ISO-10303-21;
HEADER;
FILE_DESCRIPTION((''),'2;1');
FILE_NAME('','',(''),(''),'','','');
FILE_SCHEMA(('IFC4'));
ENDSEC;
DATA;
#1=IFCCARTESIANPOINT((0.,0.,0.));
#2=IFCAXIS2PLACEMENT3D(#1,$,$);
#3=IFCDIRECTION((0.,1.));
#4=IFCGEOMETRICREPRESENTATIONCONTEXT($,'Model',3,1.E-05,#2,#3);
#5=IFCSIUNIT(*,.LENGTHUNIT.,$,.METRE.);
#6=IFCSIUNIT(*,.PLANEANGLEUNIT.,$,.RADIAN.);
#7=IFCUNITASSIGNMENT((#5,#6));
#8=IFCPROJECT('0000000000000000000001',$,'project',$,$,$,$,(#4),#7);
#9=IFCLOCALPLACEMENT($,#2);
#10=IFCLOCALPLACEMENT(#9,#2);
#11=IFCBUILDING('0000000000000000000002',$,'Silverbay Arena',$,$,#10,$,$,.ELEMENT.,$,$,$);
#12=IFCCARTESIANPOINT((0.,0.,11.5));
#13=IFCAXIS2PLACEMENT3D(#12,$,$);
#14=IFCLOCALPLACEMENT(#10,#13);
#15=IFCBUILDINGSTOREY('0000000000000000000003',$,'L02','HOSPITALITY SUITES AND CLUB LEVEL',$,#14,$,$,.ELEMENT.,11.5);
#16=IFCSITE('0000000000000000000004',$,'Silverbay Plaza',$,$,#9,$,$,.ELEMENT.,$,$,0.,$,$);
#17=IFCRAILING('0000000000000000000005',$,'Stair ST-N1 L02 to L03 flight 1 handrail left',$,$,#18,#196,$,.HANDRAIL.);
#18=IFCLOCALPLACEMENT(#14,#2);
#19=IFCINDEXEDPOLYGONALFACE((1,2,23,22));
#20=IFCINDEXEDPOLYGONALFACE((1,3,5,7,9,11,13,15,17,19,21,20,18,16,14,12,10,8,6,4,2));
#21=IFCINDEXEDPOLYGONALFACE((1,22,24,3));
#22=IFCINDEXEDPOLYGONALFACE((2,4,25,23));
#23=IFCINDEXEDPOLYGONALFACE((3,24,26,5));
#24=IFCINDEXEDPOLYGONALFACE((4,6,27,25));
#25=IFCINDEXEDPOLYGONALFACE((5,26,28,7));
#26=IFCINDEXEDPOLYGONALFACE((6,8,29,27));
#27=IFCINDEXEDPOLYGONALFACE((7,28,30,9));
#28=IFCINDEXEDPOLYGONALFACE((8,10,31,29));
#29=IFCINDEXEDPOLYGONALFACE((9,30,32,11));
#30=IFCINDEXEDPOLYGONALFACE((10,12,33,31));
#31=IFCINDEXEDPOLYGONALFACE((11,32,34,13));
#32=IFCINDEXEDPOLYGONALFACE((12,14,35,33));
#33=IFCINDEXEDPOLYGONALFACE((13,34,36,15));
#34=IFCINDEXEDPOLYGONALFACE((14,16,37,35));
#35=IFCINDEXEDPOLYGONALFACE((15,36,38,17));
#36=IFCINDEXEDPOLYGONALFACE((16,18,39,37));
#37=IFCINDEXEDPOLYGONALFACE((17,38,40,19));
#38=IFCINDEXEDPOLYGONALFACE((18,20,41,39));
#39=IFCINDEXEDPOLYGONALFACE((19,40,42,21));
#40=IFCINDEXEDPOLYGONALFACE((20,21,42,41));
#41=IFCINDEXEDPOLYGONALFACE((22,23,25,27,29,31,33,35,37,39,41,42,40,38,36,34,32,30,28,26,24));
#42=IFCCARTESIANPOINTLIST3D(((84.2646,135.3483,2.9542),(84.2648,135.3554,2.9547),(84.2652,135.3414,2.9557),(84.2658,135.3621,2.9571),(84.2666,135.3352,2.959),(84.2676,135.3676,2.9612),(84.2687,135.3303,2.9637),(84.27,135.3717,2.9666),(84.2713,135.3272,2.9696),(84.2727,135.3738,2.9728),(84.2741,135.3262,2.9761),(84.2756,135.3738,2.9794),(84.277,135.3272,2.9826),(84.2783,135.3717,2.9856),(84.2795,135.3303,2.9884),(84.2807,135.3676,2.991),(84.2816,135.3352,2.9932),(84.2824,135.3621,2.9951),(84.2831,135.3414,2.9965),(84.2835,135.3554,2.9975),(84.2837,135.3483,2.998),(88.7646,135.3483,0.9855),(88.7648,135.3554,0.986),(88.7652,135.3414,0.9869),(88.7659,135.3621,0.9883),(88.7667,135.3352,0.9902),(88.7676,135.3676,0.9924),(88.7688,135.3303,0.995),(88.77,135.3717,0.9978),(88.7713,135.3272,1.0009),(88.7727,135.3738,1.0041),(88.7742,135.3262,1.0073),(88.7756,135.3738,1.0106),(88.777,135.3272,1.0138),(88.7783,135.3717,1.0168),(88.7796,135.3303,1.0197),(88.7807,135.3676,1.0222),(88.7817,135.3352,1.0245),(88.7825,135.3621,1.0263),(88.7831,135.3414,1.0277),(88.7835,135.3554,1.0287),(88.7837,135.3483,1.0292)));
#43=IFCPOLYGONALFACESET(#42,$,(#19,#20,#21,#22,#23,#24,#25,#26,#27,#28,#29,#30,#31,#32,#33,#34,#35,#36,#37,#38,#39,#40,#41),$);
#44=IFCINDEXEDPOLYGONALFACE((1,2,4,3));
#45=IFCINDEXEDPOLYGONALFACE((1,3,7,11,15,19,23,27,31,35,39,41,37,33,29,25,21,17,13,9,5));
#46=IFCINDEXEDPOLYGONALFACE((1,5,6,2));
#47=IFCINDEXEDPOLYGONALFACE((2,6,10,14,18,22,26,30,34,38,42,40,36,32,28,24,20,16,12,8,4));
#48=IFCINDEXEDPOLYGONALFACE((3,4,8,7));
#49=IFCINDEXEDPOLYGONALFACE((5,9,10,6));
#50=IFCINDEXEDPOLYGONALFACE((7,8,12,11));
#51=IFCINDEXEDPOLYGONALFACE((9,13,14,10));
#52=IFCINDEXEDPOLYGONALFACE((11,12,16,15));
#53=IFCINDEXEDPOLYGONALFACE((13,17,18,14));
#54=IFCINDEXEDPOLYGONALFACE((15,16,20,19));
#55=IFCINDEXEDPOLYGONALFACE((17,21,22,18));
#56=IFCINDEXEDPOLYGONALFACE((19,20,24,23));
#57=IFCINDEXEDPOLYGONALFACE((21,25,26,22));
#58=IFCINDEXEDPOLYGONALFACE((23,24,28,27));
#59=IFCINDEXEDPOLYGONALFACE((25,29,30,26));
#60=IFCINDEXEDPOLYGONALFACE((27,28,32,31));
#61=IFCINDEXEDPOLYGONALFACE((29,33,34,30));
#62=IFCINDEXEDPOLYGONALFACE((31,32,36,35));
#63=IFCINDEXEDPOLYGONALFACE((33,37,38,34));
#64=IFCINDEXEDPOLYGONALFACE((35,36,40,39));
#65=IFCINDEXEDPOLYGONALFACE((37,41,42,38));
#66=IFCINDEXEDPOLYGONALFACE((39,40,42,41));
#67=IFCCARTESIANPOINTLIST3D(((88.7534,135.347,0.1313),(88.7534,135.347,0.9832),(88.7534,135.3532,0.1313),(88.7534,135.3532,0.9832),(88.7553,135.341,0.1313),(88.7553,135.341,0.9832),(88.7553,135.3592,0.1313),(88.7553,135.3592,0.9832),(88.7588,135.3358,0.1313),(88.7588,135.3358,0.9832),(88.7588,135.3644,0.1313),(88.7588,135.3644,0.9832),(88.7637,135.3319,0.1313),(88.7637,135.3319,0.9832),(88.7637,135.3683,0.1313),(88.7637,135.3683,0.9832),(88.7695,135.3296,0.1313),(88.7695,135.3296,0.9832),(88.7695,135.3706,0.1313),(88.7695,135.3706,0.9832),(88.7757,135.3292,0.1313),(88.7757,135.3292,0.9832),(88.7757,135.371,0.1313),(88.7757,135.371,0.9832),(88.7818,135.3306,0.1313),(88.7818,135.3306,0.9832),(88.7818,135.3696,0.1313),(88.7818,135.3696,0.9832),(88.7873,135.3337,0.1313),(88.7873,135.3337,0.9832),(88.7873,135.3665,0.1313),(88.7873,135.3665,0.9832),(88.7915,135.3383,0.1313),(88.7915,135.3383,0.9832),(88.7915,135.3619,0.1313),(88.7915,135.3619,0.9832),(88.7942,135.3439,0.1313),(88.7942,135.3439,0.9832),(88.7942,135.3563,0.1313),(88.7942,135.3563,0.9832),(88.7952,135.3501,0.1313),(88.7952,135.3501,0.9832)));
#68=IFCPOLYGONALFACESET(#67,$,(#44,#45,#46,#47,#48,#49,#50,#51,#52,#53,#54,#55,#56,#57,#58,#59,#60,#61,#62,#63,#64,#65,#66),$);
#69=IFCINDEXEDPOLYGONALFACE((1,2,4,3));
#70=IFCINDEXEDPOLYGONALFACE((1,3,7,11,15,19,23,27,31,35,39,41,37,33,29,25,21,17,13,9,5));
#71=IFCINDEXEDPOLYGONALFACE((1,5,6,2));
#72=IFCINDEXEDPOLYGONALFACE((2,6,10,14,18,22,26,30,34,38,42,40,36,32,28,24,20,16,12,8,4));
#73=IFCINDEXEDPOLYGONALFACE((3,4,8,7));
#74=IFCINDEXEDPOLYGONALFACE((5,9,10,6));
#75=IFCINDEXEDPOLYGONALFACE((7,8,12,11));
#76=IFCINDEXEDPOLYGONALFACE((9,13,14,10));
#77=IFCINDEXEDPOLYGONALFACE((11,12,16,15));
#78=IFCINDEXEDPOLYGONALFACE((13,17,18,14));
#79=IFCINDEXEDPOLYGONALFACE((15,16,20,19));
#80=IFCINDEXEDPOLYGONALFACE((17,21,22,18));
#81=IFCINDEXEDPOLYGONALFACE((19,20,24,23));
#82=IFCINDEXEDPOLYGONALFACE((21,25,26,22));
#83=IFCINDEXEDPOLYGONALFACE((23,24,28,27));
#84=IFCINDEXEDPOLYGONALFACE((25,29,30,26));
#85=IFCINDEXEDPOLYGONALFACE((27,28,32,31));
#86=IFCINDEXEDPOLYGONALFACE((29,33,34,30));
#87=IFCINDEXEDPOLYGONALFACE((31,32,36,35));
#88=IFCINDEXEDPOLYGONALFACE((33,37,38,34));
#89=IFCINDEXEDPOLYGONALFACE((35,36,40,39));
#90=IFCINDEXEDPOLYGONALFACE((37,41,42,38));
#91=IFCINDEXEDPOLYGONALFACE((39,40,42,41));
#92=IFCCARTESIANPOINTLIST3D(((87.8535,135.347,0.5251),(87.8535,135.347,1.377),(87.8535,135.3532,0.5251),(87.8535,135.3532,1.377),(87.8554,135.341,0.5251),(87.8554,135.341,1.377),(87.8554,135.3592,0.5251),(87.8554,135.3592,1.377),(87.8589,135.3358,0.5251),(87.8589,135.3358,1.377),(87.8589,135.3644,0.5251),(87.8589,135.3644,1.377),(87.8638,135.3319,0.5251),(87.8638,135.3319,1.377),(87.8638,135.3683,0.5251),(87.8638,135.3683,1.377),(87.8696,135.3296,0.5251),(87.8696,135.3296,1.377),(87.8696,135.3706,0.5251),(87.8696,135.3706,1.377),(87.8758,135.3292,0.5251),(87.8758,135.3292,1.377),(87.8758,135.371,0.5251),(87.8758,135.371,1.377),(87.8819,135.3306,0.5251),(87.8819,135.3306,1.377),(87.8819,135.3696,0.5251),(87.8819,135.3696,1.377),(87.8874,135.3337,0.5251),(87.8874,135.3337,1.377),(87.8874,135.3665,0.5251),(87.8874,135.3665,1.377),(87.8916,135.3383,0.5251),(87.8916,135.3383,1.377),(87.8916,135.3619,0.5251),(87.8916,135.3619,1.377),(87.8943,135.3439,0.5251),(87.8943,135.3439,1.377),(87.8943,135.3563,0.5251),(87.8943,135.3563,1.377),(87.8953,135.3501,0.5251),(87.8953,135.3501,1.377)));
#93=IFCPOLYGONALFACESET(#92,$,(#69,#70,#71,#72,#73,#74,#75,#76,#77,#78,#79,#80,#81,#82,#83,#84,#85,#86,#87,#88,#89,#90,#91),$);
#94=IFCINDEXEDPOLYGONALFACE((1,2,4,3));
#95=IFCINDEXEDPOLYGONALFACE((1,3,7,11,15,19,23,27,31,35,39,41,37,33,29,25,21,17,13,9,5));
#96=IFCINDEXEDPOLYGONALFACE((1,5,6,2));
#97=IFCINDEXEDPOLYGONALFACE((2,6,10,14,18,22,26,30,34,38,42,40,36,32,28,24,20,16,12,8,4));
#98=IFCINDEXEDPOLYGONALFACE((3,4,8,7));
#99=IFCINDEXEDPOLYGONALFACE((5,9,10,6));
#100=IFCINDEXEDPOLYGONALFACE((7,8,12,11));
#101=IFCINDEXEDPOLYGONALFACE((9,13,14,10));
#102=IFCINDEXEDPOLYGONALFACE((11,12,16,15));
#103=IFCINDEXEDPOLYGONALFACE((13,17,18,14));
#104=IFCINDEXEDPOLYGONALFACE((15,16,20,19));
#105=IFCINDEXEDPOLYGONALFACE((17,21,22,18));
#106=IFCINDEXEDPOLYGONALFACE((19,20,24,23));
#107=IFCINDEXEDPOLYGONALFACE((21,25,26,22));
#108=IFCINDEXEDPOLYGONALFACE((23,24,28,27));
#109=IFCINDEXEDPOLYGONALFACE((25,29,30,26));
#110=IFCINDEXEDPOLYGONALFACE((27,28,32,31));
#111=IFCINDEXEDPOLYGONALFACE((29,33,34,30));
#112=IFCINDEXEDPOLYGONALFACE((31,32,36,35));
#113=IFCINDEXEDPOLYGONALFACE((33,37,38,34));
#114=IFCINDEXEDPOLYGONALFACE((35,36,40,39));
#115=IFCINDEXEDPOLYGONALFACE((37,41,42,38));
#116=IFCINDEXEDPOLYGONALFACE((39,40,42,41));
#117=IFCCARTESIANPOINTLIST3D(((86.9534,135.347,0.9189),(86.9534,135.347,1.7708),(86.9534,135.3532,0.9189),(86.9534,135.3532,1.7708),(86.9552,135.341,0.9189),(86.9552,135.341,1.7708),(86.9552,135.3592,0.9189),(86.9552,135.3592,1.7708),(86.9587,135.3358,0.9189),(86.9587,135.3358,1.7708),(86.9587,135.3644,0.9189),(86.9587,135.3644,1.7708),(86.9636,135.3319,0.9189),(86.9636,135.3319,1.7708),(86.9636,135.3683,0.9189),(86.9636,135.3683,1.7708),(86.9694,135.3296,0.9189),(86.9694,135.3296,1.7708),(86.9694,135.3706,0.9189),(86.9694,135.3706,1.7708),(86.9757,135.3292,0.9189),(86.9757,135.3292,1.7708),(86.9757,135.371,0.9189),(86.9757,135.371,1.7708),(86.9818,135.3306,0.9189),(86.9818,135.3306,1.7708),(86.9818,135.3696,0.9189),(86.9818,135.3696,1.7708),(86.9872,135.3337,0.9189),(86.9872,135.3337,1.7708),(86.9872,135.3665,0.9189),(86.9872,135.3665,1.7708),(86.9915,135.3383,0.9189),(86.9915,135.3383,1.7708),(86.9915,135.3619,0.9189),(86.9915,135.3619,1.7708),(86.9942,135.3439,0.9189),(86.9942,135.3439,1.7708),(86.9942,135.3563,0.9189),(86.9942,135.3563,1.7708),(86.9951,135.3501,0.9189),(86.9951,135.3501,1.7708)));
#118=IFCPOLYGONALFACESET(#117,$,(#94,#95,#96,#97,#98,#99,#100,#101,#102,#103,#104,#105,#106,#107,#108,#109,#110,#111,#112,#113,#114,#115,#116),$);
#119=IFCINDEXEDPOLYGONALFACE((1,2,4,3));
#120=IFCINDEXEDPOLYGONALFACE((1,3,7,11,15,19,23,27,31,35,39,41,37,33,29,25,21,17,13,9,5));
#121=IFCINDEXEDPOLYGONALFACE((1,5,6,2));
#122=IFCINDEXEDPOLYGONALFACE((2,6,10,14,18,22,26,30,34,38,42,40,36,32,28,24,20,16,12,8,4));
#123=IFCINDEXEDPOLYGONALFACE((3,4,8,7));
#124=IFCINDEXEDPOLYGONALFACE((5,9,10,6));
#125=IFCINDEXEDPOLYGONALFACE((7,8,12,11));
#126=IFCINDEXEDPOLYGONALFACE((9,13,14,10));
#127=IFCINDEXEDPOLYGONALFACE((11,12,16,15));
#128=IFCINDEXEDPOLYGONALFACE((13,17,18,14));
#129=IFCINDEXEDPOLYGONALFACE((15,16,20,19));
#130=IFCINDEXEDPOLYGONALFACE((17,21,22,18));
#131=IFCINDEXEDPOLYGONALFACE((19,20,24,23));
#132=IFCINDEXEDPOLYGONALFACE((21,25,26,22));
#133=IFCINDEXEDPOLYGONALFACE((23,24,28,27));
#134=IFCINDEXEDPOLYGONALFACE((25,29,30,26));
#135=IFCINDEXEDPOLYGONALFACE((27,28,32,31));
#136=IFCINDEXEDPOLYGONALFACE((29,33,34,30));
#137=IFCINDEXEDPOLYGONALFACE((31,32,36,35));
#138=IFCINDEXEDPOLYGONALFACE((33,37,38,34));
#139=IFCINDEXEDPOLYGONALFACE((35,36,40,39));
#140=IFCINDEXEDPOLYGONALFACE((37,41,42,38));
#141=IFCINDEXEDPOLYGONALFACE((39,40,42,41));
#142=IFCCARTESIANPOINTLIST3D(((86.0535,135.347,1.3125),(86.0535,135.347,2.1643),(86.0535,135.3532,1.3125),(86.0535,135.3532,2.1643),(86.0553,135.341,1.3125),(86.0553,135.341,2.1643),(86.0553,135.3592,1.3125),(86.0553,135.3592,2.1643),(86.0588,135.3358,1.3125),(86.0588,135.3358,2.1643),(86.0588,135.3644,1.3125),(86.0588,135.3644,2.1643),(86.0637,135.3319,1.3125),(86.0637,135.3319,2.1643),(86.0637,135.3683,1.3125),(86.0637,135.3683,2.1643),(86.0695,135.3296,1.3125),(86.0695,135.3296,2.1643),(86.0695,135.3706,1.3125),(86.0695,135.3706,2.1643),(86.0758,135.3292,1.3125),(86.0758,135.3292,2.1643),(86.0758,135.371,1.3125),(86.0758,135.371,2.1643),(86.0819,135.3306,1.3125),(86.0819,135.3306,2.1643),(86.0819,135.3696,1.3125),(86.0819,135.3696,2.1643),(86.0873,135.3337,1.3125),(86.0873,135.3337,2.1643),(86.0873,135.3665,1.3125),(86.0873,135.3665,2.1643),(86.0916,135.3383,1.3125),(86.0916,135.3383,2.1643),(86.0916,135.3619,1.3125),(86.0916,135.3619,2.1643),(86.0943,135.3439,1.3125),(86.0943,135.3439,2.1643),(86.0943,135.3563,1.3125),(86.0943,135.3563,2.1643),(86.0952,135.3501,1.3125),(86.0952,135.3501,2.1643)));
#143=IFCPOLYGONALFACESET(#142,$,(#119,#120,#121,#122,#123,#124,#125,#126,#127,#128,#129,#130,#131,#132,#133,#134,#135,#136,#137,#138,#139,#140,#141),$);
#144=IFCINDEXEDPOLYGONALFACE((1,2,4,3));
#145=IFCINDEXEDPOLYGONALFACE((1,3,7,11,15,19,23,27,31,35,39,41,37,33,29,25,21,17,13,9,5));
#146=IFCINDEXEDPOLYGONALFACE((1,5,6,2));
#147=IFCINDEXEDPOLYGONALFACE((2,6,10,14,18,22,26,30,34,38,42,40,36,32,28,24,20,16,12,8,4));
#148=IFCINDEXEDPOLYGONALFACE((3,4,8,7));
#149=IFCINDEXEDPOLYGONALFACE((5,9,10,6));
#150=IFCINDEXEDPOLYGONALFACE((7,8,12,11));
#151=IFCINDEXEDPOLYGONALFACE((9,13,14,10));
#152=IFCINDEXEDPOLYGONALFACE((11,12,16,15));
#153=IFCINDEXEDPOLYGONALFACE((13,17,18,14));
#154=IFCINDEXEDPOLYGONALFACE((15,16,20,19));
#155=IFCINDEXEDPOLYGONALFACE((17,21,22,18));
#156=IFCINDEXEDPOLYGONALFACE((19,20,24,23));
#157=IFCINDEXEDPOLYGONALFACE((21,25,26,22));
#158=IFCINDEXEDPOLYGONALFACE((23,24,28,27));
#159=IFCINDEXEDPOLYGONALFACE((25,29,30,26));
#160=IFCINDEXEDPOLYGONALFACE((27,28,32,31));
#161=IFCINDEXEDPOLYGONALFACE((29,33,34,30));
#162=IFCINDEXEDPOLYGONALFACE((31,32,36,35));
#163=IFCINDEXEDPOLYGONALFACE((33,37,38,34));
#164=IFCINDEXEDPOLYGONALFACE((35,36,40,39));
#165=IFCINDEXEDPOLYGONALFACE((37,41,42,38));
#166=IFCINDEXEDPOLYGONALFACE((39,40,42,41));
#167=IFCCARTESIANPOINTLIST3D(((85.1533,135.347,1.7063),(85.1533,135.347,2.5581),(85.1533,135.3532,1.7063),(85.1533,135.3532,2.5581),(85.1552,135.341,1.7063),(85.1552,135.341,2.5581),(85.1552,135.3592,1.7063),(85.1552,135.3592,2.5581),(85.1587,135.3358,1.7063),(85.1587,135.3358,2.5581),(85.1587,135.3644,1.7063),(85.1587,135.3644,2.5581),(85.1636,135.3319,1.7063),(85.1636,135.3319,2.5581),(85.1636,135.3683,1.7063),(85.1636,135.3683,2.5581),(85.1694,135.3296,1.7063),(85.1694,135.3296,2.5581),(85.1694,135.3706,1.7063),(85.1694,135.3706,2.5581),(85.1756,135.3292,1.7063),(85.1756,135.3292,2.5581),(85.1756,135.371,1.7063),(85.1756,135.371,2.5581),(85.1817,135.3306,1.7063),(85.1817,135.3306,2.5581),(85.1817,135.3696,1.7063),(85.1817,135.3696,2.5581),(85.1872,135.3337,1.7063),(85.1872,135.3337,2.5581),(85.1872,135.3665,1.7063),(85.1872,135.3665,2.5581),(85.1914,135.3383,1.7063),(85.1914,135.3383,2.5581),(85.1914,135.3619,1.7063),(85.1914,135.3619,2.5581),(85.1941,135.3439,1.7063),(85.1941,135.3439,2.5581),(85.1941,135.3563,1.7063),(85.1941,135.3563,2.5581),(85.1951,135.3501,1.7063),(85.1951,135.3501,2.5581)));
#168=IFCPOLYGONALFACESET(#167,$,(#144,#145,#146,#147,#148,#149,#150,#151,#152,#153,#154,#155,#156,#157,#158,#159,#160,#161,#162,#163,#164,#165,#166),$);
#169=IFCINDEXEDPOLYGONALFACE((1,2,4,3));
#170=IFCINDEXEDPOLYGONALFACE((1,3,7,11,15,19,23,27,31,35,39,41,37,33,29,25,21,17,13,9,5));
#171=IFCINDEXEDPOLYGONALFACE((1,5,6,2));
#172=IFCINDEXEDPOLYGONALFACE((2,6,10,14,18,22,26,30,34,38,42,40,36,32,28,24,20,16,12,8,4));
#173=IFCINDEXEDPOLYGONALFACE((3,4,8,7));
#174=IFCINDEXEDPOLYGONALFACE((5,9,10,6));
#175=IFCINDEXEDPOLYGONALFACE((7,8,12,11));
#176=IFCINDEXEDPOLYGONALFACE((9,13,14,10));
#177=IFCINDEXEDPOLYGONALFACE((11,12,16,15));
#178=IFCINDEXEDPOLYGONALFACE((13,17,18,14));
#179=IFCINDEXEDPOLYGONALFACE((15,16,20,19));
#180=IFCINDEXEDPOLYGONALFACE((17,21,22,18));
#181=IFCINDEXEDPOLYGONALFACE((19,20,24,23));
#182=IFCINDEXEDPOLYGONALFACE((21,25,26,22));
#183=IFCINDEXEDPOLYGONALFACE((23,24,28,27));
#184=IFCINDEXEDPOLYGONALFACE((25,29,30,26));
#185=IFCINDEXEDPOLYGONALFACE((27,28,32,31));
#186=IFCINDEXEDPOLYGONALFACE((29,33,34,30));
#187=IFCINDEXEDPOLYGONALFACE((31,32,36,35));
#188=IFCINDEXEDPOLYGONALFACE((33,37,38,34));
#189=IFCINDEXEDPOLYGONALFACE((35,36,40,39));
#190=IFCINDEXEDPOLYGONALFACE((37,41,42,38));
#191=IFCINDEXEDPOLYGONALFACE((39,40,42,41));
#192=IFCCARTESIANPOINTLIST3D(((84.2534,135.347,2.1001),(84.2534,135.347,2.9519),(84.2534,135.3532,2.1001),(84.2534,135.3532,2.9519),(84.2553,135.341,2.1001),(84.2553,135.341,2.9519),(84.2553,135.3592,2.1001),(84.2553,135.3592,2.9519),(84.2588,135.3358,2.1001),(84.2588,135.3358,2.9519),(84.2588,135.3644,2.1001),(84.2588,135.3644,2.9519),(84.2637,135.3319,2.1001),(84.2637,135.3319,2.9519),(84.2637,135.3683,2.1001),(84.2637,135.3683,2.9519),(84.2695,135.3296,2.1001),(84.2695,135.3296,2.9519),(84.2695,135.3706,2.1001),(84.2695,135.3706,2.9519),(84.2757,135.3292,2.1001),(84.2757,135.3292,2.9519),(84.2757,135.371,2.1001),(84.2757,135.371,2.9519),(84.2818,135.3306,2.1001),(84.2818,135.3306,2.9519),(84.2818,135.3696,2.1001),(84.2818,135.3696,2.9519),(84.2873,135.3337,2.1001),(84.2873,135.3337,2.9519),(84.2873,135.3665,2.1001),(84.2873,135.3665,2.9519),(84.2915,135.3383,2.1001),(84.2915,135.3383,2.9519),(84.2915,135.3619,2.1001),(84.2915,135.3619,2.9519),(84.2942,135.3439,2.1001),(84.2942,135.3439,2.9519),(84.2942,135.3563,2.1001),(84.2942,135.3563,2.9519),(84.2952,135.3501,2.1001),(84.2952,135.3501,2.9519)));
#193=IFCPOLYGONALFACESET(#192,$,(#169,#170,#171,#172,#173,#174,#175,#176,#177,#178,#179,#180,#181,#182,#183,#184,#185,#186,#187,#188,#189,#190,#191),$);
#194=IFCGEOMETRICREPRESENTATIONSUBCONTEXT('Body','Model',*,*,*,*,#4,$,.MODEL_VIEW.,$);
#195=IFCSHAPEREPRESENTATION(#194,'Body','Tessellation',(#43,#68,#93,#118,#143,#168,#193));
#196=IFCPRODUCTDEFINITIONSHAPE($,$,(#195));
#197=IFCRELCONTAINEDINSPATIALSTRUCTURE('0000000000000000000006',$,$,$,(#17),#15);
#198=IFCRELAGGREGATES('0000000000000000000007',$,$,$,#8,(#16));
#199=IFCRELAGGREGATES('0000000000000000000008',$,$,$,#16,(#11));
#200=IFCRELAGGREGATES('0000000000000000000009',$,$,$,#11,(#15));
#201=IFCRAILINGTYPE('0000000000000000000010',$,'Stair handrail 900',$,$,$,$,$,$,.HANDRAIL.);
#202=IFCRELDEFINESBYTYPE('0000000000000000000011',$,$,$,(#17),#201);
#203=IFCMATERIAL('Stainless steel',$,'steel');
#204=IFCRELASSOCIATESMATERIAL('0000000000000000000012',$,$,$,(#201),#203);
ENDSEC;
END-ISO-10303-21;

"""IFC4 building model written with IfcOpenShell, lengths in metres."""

from ifc_helpers import new_model, si_unit, direction, frame, origin, origin_2d, place, context, subcontext, project, spatial, circle, extrude, material, type_object, element, save


model = new_model("IFC4")

# Units and contexts
model_context = context("Model", 3, precision=1e-05, world=origin(), true_north=direction((0.0, 1.0)))
body_context = subcontext(model_context, "Body", "Model", "MODEL_VIEW")
ifc_project = project(units=[si_unit("LENGTHUNIT", "METRE"), si_unit("PLANEANGLEUNIT", "RADIAN")], contexts=[model_context])

# Site, building, storey
site_placement = place(None, origin())
site = spatial("IfcSite", under=ifc_project, at=site_placement, Name="Silverbay Plaza", CompositionType="ELEMENT", RefElevation=0.0)
building_placement = place(site_placement, origin())
building = spatial("IfcBuilding", under=site, at=building_placement, Name="Silverbay Arena", CompositionType="ELEMENT")
storey_placement = place(building_placement, frame((0.0, 0.0, 11.5)))
storey = spatial("IfcBuildingStorey", under=building, at=storey_placement, Name="L02", Description="HOSPITALITY SUITES AND CLUB LEVEL", CompositionType="ELEMENT", Elevation=11.5)

# Railing
ifc_material_1 = material(Name="Stainless steel", Category="steel")
railing_type_1 = type_object("IfcRailingType", Name="Stair handrail 900", PredefinedType="HANDRAIL", material=ifc_material_1)
for number, where, name in (
    (1, (88.7742, 135.3501, 0.1313), "Stair ST-N1 L02 to L03 flight 1 handrail left"),
):
    element("IfcRailing", number, at=place(storey_placement, frame(where)), inside=storey, type_object=railing_type_1, Name=name, PredefinedType="HANDRAIL", context=body_context, shape_type="SweptSolid", body=[
        extrude(circle(Radius=0.0239, at=origin_2d()), frame((0.0, 0.0, 0.876), z_axis=(-0.916157, 0.0, 0.400819), x_axis=(0.0, -1.0, 0.0)), (0.0, 0.0, 1.0), 4.9119),
        extrude(circle(Radius=0.021, at=origin_2d()), origin(), (0.0, 0.0, 1.0), 0.8518),
        extrude(circle(Radius=0.021, at=origin_2d()), frame((-0.8999, 0.0, 0.3938)), (0.0, 0.0, 1.0), 0.8518),
        extrude(circle(Radius=0.021, at=origin_2d()), frame((-1.8, 0.0, 0.7876)), (0.0, 0.0, 1.0), 0.8518),
        extrude(circle(Radius=0.021, at=origin_2d()), frame((-2.7, 0.0, 1.1812)), (0.0, 0.0, 1.0), 0.8518),
        extrude(circle(Radius=0.021, at=origin_2d()), frame((-3.6001, 0.0, 1.575)), (0.0, 0.0, 1.0), 0.8518),
        extrude(circle(Radius=0.021, at=origin_2d()), frame((-4.5, 0.0, 1.9688)), (0.0, 0.0, 1.0), 0.8518),
    ])

save(model, "model.ifc")
